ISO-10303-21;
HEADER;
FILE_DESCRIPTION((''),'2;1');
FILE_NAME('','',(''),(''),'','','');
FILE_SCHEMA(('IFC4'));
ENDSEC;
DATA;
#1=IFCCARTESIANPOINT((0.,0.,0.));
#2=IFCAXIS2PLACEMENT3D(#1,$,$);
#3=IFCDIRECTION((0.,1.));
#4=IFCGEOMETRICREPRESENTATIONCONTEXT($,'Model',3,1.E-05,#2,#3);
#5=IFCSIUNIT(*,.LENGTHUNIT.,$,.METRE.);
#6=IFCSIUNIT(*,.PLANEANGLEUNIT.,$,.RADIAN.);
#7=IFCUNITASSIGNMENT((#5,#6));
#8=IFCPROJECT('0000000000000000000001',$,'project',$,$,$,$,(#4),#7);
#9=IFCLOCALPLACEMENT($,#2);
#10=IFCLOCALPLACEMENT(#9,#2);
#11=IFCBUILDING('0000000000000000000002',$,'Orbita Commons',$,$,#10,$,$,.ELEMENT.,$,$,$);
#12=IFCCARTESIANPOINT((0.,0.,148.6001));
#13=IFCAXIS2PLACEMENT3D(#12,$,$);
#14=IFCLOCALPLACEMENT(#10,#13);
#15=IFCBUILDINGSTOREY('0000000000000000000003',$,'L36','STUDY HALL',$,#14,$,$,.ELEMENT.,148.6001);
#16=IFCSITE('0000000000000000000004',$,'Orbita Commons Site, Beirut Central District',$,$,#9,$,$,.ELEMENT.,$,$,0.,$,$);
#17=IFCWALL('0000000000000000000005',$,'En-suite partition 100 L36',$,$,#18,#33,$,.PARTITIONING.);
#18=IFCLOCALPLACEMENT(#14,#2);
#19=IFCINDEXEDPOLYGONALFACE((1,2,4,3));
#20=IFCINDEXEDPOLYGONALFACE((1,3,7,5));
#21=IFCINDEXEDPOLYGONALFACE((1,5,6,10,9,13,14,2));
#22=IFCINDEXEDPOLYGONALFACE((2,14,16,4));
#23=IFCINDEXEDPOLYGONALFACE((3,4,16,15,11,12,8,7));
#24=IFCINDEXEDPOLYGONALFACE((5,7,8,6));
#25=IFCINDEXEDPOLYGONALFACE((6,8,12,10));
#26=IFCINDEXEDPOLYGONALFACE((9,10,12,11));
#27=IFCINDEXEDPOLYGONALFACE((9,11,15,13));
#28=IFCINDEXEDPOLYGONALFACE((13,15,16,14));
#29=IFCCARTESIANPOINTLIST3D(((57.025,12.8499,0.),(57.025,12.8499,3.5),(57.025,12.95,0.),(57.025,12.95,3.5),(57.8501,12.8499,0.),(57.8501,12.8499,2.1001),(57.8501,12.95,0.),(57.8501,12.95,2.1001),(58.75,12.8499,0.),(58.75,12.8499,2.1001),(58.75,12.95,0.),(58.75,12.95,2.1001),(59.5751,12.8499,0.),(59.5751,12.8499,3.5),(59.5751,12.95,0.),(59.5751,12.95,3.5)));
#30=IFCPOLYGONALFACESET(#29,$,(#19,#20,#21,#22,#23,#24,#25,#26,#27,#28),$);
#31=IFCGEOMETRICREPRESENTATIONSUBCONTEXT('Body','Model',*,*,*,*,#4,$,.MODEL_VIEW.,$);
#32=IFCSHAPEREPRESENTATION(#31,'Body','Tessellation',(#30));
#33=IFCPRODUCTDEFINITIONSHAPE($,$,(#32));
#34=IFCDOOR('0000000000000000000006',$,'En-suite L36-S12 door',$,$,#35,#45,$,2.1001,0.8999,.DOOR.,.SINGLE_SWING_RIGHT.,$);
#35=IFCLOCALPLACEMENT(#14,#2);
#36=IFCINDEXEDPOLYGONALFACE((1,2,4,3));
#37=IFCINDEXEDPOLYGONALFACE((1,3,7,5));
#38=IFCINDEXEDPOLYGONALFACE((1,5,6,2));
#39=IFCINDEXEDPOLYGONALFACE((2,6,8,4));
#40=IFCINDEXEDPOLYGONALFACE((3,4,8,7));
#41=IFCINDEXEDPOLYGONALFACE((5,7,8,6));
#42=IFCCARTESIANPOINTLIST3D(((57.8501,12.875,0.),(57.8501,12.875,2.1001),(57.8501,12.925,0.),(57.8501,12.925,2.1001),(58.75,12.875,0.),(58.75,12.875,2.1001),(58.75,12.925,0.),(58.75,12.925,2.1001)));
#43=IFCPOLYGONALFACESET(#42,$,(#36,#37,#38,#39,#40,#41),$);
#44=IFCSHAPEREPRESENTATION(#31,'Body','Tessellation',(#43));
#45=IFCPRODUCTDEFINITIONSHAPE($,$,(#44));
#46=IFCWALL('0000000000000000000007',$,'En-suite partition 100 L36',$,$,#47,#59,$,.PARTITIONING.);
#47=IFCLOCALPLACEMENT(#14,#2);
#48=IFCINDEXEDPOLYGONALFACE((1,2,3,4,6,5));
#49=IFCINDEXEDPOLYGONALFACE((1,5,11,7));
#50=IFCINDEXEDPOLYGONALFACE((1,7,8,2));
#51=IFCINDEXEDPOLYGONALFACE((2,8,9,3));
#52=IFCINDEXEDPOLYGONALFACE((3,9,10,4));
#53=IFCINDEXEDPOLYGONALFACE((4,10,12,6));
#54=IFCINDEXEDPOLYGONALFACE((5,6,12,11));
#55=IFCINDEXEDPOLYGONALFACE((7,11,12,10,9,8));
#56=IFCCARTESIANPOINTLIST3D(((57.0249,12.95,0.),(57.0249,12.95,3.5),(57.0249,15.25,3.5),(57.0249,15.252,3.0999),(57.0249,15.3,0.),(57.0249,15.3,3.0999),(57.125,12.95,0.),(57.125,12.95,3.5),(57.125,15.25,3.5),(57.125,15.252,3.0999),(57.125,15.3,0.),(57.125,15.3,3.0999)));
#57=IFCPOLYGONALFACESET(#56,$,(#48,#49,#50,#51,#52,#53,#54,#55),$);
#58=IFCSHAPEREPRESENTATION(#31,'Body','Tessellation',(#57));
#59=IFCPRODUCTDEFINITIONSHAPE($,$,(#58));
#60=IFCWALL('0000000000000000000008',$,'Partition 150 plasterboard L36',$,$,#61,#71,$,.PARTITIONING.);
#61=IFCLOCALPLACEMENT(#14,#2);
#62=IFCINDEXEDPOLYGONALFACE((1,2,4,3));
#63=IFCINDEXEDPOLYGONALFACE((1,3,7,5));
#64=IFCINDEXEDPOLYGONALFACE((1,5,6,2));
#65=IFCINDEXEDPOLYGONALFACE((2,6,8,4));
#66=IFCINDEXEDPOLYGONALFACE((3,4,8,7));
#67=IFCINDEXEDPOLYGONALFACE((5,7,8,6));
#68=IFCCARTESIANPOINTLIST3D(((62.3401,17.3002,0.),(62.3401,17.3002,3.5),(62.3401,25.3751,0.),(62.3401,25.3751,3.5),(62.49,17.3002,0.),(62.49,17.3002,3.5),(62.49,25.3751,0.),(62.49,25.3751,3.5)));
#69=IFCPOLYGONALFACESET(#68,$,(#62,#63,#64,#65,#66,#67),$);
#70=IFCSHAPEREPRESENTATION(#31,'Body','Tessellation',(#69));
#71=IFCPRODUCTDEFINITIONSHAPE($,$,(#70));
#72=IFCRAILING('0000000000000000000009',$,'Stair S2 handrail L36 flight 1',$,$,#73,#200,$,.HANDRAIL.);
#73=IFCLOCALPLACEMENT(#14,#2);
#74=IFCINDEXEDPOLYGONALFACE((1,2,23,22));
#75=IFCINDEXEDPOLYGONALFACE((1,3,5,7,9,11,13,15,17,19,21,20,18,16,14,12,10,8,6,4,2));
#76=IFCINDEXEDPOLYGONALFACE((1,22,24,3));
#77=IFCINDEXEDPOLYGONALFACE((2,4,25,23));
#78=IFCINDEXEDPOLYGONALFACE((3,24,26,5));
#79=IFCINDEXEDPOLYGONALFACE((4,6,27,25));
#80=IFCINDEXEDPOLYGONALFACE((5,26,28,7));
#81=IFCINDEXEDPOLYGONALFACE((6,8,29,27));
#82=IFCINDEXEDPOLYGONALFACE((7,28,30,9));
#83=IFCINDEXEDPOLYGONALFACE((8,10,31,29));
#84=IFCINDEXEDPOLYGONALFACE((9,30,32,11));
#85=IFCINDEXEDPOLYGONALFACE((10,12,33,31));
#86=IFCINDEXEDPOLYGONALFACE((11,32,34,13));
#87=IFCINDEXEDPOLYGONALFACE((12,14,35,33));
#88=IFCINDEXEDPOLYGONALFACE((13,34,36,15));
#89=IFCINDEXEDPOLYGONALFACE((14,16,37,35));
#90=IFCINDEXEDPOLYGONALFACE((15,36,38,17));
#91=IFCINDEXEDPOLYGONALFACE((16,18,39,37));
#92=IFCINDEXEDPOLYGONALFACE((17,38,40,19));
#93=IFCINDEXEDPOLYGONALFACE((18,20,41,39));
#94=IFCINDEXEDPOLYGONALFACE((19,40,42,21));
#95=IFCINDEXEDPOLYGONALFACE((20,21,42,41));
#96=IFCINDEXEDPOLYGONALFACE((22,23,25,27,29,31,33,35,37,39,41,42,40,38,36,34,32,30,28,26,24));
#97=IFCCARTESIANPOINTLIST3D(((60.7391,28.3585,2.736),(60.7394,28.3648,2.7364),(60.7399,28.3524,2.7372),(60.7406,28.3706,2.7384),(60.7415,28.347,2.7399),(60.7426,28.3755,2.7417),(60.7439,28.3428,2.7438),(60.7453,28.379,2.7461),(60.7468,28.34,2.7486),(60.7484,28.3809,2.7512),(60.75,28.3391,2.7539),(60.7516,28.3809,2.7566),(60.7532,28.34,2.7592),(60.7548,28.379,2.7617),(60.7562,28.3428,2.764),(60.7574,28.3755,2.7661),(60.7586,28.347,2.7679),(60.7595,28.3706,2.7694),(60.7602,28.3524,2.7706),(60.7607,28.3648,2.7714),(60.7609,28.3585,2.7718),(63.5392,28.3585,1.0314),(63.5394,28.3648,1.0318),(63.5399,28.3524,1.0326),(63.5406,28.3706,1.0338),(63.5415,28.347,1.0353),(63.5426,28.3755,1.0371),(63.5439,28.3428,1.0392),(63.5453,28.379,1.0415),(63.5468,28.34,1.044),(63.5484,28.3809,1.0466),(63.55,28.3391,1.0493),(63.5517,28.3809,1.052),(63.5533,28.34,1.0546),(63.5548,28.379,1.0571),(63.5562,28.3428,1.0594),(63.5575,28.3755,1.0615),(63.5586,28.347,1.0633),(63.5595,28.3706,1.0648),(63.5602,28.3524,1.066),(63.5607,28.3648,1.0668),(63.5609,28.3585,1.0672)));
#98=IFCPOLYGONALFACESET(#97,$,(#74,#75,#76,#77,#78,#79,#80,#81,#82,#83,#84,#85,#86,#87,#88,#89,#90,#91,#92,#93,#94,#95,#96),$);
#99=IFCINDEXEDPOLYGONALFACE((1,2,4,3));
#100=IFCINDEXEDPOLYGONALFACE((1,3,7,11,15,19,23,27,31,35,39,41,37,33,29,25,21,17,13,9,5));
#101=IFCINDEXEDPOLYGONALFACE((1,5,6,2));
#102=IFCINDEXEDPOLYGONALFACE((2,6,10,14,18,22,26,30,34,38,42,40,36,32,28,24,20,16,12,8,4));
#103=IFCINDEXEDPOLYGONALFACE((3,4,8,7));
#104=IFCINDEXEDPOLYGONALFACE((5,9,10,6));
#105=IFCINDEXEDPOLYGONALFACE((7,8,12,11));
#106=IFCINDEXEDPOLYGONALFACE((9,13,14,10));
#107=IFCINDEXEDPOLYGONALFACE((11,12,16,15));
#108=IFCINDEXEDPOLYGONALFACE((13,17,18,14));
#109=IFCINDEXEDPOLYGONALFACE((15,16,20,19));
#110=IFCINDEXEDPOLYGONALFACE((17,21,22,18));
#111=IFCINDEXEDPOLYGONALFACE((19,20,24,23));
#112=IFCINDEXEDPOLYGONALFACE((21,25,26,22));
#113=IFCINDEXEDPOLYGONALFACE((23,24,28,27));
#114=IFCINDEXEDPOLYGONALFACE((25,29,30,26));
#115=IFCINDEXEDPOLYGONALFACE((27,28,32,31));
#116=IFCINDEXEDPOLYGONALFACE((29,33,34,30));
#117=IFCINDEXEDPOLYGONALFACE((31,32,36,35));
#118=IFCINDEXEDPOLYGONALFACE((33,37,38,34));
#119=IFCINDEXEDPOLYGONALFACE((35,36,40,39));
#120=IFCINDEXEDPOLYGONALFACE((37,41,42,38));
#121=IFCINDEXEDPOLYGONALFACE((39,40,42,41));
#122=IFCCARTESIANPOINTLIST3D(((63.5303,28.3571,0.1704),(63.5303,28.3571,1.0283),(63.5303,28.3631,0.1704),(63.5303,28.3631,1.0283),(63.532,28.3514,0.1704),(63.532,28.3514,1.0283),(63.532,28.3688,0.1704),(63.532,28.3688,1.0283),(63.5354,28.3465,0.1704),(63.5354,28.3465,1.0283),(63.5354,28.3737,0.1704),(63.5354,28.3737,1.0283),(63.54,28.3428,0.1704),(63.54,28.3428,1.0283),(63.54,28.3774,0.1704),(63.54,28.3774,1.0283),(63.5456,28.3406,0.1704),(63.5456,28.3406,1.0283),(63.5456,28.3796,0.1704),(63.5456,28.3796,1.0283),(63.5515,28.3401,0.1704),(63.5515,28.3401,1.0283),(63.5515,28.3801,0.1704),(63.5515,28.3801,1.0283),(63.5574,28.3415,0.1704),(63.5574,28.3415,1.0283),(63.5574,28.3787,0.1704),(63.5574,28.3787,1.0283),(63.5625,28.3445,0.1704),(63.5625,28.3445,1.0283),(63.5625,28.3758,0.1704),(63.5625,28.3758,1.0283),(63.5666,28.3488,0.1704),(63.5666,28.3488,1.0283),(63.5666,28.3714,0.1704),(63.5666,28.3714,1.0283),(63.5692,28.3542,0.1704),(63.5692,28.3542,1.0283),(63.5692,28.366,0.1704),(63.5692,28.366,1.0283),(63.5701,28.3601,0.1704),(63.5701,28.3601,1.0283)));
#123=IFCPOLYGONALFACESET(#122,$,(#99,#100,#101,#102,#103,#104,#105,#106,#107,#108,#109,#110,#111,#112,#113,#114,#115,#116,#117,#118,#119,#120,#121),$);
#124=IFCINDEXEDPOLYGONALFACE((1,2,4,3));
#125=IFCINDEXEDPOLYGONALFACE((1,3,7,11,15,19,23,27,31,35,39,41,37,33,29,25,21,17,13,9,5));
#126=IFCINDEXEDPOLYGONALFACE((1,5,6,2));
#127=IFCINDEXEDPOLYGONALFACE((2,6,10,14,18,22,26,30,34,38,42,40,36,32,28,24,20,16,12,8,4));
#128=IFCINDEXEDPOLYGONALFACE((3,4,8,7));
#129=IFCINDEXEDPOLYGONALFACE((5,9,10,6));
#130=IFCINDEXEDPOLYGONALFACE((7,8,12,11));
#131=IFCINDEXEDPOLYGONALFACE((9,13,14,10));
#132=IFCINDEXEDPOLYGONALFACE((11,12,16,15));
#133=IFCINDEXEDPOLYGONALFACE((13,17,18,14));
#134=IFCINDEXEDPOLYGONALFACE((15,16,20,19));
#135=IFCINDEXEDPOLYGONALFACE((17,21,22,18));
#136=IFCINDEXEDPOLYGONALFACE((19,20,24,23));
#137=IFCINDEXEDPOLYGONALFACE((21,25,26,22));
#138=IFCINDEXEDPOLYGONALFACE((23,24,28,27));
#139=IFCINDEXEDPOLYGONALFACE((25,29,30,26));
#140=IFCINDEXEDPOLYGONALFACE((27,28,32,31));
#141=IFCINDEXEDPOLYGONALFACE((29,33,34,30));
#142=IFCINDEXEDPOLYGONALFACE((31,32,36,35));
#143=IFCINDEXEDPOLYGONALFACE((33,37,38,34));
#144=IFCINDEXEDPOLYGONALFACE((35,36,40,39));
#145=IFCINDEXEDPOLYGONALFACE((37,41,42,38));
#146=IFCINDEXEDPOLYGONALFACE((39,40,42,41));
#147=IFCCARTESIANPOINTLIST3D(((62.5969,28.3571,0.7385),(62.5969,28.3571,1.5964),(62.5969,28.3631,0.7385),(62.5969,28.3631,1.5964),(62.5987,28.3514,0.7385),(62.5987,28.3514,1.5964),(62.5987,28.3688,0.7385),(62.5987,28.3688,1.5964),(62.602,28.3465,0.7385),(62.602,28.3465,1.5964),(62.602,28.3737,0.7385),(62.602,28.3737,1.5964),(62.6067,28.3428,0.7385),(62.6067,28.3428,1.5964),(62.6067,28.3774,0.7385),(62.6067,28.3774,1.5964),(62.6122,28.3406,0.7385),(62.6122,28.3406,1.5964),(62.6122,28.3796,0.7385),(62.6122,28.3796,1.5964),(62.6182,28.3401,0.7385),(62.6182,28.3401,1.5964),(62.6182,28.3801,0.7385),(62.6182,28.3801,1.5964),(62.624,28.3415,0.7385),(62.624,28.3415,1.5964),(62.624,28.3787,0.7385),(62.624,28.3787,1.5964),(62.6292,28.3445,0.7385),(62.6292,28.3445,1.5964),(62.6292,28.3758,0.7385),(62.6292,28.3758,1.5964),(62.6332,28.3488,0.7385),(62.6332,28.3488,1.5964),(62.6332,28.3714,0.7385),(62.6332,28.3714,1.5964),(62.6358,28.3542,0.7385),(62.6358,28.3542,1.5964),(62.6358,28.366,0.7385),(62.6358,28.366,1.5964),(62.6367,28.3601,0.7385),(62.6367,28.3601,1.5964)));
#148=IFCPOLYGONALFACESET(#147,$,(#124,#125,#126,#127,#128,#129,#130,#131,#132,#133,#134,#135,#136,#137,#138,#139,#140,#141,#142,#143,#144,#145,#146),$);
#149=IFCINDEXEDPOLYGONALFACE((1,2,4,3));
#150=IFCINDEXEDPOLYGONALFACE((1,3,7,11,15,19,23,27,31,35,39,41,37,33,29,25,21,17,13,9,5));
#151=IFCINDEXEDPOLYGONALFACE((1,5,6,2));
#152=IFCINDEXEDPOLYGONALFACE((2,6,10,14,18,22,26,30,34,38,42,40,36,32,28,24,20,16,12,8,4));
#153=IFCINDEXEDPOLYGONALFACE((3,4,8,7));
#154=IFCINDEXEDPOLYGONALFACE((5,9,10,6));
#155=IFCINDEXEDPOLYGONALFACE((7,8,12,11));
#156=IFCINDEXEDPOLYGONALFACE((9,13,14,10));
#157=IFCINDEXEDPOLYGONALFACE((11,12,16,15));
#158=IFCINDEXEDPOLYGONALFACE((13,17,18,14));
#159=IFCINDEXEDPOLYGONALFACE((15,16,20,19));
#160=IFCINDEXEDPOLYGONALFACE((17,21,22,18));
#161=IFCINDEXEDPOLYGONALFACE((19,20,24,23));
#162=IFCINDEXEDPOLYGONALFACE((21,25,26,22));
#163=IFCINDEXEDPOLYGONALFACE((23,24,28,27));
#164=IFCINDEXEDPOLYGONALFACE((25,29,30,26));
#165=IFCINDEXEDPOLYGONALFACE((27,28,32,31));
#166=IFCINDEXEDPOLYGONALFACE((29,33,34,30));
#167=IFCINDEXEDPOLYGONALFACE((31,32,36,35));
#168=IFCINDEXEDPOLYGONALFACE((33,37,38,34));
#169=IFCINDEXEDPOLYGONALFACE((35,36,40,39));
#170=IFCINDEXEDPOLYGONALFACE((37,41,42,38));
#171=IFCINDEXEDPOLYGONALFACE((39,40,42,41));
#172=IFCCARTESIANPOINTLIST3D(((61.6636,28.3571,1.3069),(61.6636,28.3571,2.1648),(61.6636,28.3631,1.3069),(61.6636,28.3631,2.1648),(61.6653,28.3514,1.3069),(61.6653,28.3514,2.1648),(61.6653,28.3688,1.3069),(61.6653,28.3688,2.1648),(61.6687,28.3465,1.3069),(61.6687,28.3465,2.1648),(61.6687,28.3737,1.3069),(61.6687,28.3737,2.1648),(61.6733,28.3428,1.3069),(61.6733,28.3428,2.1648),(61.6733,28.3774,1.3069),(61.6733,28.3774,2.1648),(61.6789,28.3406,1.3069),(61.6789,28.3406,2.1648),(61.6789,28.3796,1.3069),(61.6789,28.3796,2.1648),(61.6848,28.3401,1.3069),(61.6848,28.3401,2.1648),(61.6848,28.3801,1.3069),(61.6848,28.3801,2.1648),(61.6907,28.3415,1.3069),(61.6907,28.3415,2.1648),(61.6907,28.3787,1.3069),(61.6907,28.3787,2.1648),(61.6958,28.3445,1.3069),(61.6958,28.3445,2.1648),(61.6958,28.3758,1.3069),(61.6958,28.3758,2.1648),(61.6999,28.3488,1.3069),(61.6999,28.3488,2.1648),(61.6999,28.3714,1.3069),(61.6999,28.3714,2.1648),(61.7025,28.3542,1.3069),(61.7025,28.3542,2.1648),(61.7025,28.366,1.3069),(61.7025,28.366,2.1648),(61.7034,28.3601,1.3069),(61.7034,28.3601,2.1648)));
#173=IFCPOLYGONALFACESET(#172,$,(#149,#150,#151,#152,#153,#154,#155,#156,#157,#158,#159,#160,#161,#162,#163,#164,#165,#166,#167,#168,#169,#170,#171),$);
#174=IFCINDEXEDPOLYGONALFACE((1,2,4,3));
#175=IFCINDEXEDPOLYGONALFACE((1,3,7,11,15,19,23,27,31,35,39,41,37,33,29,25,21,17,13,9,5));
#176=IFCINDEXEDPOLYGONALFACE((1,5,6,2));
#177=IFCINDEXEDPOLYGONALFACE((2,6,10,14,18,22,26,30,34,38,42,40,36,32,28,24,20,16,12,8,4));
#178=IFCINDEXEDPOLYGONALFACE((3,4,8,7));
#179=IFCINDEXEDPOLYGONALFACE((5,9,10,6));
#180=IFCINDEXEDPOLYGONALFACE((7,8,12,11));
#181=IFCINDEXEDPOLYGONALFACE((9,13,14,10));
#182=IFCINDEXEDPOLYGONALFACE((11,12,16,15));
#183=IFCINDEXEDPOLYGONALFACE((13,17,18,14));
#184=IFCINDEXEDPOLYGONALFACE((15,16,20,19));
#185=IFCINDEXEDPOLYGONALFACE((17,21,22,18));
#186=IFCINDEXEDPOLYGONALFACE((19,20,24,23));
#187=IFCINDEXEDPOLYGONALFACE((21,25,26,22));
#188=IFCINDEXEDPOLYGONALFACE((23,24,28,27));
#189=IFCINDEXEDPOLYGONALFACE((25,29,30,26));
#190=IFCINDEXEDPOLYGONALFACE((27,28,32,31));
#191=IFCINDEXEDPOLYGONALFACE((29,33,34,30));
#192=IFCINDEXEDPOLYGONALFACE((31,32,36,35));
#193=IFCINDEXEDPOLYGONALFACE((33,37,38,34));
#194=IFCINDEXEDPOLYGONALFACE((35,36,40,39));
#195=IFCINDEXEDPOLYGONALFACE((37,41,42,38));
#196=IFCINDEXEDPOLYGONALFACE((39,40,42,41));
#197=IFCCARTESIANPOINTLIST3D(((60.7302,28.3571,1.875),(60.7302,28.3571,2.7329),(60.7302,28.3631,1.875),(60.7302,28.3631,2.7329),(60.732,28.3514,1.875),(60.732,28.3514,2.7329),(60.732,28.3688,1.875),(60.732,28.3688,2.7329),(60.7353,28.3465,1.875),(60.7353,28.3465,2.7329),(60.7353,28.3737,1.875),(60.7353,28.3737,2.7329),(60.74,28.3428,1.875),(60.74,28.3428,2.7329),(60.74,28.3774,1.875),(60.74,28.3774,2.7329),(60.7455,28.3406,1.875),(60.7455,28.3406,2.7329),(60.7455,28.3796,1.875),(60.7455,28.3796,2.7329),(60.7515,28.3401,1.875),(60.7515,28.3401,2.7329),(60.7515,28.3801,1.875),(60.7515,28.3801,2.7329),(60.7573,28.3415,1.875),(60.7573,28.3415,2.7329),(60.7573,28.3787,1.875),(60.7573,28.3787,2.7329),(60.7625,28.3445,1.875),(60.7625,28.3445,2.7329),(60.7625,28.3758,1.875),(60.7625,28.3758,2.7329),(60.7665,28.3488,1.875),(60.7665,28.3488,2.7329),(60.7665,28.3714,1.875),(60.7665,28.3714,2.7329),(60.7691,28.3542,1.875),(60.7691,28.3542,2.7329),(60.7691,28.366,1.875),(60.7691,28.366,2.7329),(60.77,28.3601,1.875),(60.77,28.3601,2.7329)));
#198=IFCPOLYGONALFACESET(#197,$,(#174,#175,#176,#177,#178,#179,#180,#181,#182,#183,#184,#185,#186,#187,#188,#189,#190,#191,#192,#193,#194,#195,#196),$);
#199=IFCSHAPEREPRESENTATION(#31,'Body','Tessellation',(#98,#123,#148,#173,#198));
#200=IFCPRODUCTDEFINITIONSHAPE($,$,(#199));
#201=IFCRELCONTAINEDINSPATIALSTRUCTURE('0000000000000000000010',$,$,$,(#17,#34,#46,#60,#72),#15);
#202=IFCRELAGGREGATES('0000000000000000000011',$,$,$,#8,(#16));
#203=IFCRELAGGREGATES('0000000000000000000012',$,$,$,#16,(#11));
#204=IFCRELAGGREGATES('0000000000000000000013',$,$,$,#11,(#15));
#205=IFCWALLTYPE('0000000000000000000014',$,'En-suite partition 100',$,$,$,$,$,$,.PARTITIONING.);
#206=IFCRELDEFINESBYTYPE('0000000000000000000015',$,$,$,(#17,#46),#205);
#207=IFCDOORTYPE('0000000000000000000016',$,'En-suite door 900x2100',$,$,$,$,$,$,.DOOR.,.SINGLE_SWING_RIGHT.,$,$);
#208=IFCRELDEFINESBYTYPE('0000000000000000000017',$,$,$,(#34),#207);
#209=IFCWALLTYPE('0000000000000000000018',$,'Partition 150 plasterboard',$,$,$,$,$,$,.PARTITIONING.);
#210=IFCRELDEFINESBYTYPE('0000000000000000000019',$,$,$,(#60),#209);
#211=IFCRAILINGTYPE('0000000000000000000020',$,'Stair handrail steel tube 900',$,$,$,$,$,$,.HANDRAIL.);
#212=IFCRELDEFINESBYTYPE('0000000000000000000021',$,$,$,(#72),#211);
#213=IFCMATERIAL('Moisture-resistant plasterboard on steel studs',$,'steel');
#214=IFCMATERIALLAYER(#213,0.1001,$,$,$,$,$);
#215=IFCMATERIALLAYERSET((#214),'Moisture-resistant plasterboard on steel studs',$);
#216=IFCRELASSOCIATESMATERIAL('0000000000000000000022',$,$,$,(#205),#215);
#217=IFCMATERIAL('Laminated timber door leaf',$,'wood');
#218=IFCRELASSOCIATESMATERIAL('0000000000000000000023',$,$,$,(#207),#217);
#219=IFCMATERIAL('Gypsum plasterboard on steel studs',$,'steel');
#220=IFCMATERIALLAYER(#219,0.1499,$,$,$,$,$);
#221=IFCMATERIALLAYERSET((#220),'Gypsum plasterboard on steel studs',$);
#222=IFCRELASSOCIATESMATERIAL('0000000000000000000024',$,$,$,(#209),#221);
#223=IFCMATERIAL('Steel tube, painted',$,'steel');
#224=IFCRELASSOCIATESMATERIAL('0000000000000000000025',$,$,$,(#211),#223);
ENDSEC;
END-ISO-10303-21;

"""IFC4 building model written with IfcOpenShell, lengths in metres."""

from ifc_helpers import new_model, si_unit, direction, frame, frame_2d, origin, origin_2d, place, context, subcontext, project, spatial, polyline, rectangle, circle, outline, extrude, material, layer, layer_set, type_object, element, fill, save


model = new_model("IFC4")

# Units and contexts
model_context = context("Model", 3, precision=1e-05, world=origin(), true_north=direction((0.0, 1.0)))
body_context = subcontext(model_context, "Body", "Model", "MODEL_VIEW")
ifc_project = project(units=[si_unit("LENGTHUNIT", "METRE"), si_unit("PLANEANGLEUNIT", "RADIAN")], contexts=[model_context])

# Site, building, storey
site_placement = place(None, origin())
site = spatial("IfcSite", under=ifc_project, at=site_placement, Name="Orbita Commons Site, Beirut Central District", CompositionType="ELEMENT", RefElevation=0.0)
building_placement = place(site_placement, origin())
building = spatial("IfcBuilding", under=site, at=building_placement, Name="Orbita Commons", CompositionType="ELEMENT")
storey_placement = place(building_placement, frame((0.0, 0.0, 148.6001)))
storey = spatial("IfcBuildingStorey", under=building, at=storey_placement, Name="L36", Description="STUDY HALL", CompositionType="ELEMENT", Elevation=148.6001)

# Wall, opening, door
ifc_material_1 = material(Name="Moisture-resistant plasterboard on steel studs", Category="steel")
ifc_layer_1 = layer(ifc_material_1, 0.1001)
ifc_layer_set_1 = layer_set([ifc_layer_1], Name="Moisture-resistant plasterboard on steel studs")
wall_type_1 = type_object("IfcWallType", Name="En-suite partition 100", PredefinedType="PARTITIONING", material=ifc_layer_set_1)
wall_1_placement = place(storey_placement, frame((59.575, 12.8999, 0.0), z_axis=(0.0, 0.0, 1.0), x_axis=(-1.0, 0.0, 0.0)))
wall_1 = element("IfcWall", 1, at=wall_1_placement, inside=storey, type_object=wall_type_1, Name="En-suite partition 100 L36", PredefinedType="PARTITIONING", context=body_context, shape_type="SweptSolid", body=[
    extrude(rectangle(XDim=2.55, YDim=0.1001, at=frame_2d((1.2749, 0.0))), origin(), (0.0, 0.0, 1.0), 3.5),
])
opening_1_placement = place(wall_1_placement, frame((0.825, 0.0, 0.0)))
opening_1 = element("IfcOpeningElement", 2, at=opening_1_placement, cuts=wall_1, PredefinedType="OPENING", context=body_context, shape_type="SweptSolid", body=[
    extrude(rectangle(XDim=0.8999, YDim=2.1001, at=frame_2d((0.45, 1.05))), frame((0.0, 0.0601, 0.0), z_axis=(0.0, -1.0, 0.0), x_axis=(1.0, 0.0, 0.0)), (0.0, 0.0, 1.0), 0.1201),
])
ifc_material_2 = material(Name="Laminated timber door leaf", Category="wood")
door_type_1 = type_object("IfcDoorType", Name="En-suite door 900x2100", OperationType="SINGLE_SWING_RIGHT", PredefinedType="DOOR", material=ifc_material_2)
door_1_placement = place(opening_1_placement, origin())
door_1 = element("IfcDoor", 3, at=door_1_placement, inside=storey, type_object=door_type_1, Name="En-suite L36-S12 door", OperationType="SINGLE_SWING_RIGHT", OverallHeight=2.1001, OverallWidth=0.8999, PredefinedType="DOOR", context=body_context, shape_type="SweptSolid", body=[
    extrude(rectangle(XDim=0.8999, YDim=2.1001, at=frame_2d((0.45, 1.05))), frame((0.0, 0.0249, 0.0), z_axis=(0.0, -1.0, 0.0), x_axis=(1.0, 0.0, 0.0)), (0.0, 0.0, 1.0), 0.05),
])
fill(opening_1, door_1)

# Walls
wall_2_placement = place(storey_placement, frame((57.075, 12.95, 0.0), z_axis=(0.0, 0.0, 1.0), x_axis=(0.0, 1.0, 0.0)))
element("IfcWall", 4, at=wall_2_placement, inside=storey, type_object=wall_type_1, Name="En-suite partition 100 L36", PredefinedType="PARTITIONING", context=body_context, shape_type="SweptSolid", body=[
    extrude(outline(polyline([(0.0, 0.0), (2.3501, 0.0), (2.3501, 3.0999), (2.302, 3.0999), (2.3, 3.5), (0.0, 3.5), (0.0, 0.0)])), frame((0.0, 0.05, 0.0), z_axis=(0.0, -1.0, 0.0), x_axis=(1.0, 0.0, 0.0)), (0.0, 0.0, 1.0), 0.1001),
])
ifc_material_3 = material(Name="Gypsum plasterboard on steel studs", Category="steel")
ifc_layer_2 = layer(ifc_material_3, 0.1499)
ifc_layer_set_2 = layer_set([ifc_layer_2], Name="Gypsum plasterboard on steel studs")
wall_type_2 = type_object("IfcWallType", Name="Partition 150 plasterboard", PredefinedType="PARTITIONING", material=ifc_layer_set_2)
wall_3_placement = place(storey_placement, frame((62.415, 17.3, 0.0), z_axis=(0.0, 0.0, 1.0), x_axis=(0.0, 1.0, 0.0)))
element("IfcWall", 5, at=wall_3_placement, inside=storey, type_object=wall_type_2, Name="Partition 150 plasterboard L36", PredefinedType="PARTITIONING", context=body_context, shape_type="SweptSolid", body=[
    extrude(rectangle(XDim=8.075, YDim=0.1499, at=frame_2d((4.0376, 0.0))), origin(), (0.0, 0.0, 1.0), 3.5),
])

# Railing
ifc_material_4 = material(Name="Steel tube, painted", Category="steel")
railing_type = type_object("IfcRailingType", Name="Stair handrail steel tube 900", PredefinedType="HANDRAIL", material=ifc_material_4)
railing_placement = place(storey_placement, frame((63.55, 28.3601, 0.1704)))
element("IfcRailing", 6, at=railing_placement, inside=storey, type_object=railing_type, Name="Stair S2 handrail L36 flight 1", PredefinedType="HANDRAIL", context=body_context, shape_type="SweptSolid", body=[
    extrude(circle(Radius=0.021, at=origin_2d()), frame((0.0, 0.0, 0.8789), z_axis=(-0.85417, 0.0, 0.519994), x_axis=(0.0, -1.0, 0.0)), (0.0, 0.0, 1.0), 3.2781),
    extrude(circle(Radius=0.02, at=origin_2d()), origin(), (0.0, 0.0, 1.0), 0.8579),
    extrude(circle(Radius=0.02, at=origin_2d()), frame((-0.9333, 0.0, 0.5681)), (0.0, 0.0, 1.0), 0.8579),
    extrude(circle(Radius=0.02, at=origin_2d()), frame((-1.8667, 0.0, 1.1365)), (0.0, 0.0, 1.0), 0.8579),
    extrude(circle(Radius=0.02, at=origin_2d()), frame((-2.8, 0.0, 1.7046)), (0.0, 0.0, 1.0), 0.8579),
])

save(model, "model.ifc")
